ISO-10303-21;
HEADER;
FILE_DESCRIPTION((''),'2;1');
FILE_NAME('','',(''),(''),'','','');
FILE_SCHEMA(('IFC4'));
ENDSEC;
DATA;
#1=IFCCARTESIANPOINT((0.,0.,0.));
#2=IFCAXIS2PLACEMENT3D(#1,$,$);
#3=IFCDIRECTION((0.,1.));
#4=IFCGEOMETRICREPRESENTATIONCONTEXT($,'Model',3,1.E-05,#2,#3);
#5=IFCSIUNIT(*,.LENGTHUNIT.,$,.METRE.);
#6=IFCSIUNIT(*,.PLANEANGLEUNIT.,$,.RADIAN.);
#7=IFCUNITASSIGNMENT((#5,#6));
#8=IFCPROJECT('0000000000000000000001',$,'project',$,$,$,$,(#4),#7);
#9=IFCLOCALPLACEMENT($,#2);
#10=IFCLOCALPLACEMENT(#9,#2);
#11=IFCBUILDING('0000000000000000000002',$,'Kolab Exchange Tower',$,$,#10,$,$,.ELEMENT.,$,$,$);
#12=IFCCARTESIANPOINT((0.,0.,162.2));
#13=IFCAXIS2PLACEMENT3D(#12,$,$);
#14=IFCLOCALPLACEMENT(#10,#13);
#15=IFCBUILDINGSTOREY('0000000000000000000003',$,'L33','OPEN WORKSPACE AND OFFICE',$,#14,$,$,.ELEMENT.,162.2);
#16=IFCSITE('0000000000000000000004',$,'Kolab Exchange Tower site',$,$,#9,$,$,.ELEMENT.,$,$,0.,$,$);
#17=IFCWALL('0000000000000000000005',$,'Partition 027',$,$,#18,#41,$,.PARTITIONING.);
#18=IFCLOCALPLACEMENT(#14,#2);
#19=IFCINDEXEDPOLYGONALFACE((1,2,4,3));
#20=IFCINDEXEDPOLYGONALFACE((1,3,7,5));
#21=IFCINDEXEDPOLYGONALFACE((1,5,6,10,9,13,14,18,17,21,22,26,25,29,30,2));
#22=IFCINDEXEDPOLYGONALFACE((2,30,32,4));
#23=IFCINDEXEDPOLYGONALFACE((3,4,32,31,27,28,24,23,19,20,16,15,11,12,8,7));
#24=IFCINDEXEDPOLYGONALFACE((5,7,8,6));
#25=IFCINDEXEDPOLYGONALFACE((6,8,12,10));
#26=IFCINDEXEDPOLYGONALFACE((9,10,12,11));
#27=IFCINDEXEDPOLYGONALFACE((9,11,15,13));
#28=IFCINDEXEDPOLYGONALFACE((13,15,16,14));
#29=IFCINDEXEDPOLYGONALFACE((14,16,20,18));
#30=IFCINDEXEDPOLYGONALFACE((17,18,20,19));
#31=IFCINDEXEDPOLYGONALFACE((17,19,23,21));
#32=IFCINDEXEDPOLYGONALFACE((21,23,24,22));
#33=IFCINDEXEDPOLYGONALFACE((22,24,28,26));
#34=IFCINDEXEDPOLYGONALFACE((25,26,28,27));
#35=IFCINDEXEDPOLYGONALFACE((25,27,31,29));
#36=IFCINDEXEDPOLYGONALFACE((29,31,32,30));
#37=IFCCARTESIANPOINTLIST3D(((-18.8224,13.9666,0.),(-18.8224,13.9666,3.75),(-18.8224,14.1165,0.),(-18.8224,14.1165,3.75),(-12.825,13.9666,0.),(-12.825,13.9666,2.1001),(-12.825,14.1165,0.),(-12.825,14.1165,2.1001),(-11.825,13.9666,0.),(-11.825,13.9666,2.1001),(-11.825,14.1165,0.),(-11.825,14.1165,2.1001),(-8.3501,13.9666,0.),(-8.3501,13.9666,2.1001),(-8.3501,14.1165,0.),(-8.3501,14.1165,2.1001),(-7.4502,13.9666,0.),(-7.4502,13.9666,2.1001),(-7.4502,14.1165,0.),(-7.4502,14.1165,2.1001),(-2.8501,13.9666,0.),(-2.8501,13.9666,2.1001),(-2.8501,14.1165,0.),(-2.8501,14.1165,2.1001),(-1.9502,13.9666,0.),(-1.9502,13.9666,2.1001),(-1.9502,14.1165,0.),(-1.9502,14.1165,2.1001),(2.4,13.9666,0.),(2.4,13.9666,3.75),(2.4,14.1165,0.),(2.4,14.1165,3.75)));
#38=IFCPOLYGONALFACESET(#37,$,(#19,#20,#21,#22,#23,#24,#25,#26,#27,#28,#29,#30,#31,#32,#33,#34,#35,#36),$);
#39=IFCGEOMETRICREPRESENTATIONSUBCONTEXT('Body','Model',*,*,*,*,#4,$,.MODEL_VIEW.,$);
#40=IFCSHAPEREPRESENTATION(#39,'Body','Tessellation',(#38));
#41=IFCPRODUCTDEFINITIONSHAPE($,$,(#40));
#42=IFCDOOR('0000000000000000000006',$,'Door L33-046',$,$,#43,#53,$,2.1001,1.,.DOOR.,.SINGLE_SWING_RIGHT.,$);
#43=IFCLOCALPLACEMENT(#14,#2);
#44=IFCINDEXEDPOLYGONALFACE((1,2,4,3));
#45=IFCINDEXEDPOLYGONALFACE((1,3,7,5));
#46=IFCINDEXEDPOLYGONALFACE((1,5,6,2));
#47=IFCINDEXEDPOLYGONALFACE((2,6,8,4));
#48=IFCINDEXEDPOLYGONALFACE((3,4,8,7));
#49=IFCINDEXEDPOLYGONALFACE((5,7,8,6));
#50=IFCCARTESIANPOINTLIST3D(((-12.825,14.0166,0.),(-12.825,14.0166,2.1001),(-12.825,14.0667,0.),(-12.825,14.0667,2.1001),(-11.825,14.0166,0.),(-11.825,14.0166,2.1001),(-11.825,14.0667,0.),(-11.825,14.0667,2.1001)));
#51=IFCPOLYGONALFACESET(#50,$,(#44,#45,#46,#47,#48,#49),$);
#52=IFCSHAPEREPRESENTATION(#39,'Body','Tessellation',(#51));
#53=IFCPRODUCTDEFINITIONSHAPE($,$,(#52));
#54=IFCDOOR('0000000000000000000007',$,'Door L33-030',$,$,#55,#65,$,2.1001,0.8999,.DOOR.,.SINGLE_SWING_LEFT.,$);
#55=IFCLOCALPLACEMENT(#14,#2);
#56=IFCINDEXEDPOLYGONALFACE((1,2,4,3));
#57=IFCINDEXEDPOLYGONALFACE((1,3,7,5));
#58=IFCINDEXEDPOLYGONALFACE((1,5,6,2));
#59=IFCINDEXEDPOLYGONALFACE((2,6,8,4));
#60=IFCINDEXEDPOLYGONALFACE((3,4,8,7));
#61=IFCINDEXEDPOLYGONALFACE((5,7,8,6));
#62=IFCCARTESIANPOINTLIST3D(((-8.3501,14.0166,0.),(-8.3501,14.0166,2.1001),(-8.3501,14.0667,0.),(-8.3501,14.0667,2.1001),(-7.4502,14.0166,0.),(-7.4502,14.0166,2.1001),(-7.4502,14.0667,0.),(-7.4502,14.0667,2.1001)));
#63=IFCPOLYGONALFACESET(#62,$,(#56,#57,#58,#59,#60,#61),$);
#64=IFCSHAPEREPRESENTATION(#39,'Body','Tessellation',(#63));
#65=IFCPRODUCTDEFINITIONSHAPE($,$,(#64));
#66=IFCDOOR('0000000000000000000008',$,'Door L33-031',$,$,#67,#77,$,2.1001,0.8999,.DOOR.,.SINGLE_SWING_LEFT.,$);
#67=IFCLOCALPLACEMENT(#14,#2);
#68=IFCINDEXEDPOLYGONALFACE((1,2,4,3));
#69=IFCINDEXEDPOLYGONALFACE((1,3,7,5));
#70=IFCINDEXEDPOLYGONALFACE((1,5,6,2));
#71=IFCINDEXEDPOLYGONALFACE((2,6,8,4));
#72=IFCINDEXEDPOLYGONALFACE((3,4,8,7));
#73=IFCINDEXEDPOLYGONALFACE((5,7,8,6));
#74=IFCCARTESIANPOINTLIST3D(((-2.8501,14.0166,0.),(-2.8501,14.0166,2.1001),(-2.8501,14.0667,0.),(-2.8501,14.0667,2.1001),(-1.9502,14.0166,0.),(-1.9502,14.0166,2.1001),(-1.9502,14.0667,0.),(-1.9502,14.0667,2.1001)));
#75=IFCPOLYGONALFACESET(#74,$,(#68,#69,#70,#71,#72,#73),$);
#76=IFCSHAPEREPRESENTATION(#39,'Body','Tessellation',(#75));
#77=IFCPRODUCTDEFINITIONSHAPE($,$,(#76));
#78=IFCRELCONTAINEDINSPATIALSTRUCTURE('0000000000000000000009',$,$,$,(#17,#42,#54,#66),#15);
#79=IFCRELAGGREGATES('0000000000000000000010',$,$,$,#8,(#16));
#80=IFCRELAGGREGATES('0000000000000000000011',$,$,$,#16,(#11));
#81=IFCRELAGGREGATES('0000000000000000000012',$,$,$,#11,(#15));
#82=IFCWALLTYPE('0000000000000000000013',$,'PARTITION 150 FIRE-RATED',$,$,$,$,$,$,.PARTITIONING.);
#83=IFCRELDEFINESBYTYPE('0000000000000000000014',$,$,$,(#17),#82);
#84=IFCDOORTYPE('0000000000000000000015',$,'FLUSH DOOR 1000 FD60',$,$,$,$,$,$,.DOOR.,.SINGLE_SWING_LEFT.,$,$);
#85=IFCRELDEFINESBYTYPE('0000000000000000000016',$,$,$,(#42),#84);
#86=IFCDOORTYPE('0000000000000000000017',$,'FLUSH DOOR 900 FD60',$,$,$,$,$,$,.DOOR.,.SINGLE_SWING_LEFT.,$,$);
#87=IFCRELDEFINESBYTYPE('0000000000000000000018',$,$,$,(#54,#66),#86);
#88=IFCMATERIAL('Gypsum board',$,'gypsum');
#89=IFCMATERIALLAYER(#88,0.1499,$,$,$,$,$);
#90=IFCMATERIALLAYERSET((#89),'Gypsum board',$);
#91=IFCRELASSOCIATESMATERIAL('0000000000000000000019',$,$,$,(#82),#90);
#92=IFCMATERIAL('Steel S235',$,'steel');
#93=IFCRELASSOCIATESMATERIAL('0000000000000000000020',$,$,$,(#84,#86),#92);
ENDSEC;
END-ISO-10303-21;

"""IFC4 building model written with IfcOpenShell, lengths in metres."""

from ifc_helpers import new_model, si_unit, direction, frame, frame_2d, origin, place, context, subcontext, project, spatial, rectangle, extrude, material, layer, layer_set, type_object, element, fill, save


model = new_model("IFC4")

# Units and contexts
model_context = context("Model", 3, precision=1e-05, world=origin(), true_north=direction((0.0, 1.0)))
body_context = subcontext(model_context, "Body", "Model", "MODEL_VIEW")
ifc_project = project(units=[si_unit("LENGTHUNIT", "METRE"), si_unit("PLANEANGLEUNIT", "RADIAN")], contexts=[model_context])

# Site, building, storey
site_placement = place(None, origin())
site = spatial("IfcSite", under=ifc_project, at=site_placement, Name="Kolab Exchange Tower site", CompositionType="ELEMENT", RefElevation=0.0)
building_placement = place(site_placement, origin())
building = spatial("IfcBuilding", under=site, at=building_placement, Name="Kolab Exchange Tower", CompositionType="ELEMENT")
storey_placement = place(building_placement, frame((0.0, 0.0, 162.2)))
storey = spatial("IfcBuildingStorey", under=building, at=storey_placement, Name="L33", Description="OPEN WORKSPACE AND OFFICE", CompositionType="ELEMENT", Elevation=162.2)

# Wall, openings, doors
ifc_material_1 = material(Name="Gypsum board", Category="gypsum")
ifc_layer_1 = layer(ifc_material_1, 0.1499)
ifc_layer_set_1 = layer_set([ifc_layer_1], Name="Gypsum board")
wall_type = type_object("IfcWallType", Name="PARTITION 150 FIRE-RATED", PredefinedType="PARTITIONING", material=ifc_layer_set_1)
wall_1_placement = place(storey_placement, frame((-18.8225, 14.0415, 0.0), z_axis=(0.0, 0.0, 1.0), x_axis=(1.0, 0.0, 0.0)))
wall_1 = element("IfcWall", 1, at=wall_1_placement, inside=storey, type_object=wall_type, Name="Partition 027", PredefinedType="PARTITIONING", context=body_context, shape_type="SweptSolid", body=[
    extrude(rectangle(XDim=21.2224, YDim=0.1499, at=frame_2d((10.6113, 0.0))), origin(), (0.0, 0.0, 1.0), 3.75),
])
opening_1_placement = place(wall_1_placement, frame((10.4724, 0.0, 0.0)))
opening_1 = element("IfcOpeningElement", 2, at=opening_1_placement, cuts=wall_1, PredefinedType="OPENING", context=body_context, shape_type="SweptSolid", body=[
    extrude(rectangle(XDim=0.8999, YDim=2.1001, at=frame_2d((0.45, 1.05))), frame((0.0, 0.085, 0.0), z_axis=(0.0, -1.0, 0.0), x_axis=(1.0, 0.0, 0.0)), (0.0, 0.0, 1.0), 0.1699),
])
opening_2_placement = place(wall_1_placement, frame((15.9724, 0.0, 0.0)))
opening_2 = element("IfcOpeningElement", 3, at=opening_2_placement, cuts=wall_1, PredefinedType="OPENING", context=body_context, shape_type="SweptSolid", body=[
    extrude(rectangle(XDim=0.8999, YDim=2.1001, at=frame_2d((0.45, 1.05))), frame((0.0, 0.085, 0.0), z_axis=(0.0, -1.0, 0.0), x_axis=(1.0, 0.0, 0.0)), (0.0, 0.0, 1.0), 0.1699),
])
opening_3_placement = place(wall_1_placement, frame((5.9976, 0.0, 0.0)))
opening_3 = element("IfcOpeningElement", 4, at=opening_3_placement, cuts=wall_1, PredefinedType="OPENING", context=body_context, shape_type="SweptSolid", body=[
    extrude(rectangle(XDim=1.0, YDim=2.1001, at=frame_2d((0.5, 1.05))), frame((0.0, 0.085, 0.0), z_axis=(0.0, -1.0, 0.0), x_axis=(1.0, 0.0, 0.0)), (0.0, 0.0, 1.0), 0.1699),
])
ifc_material_2 = material(Name="Steel S235", Category="steel")
door_type_1 = type_object("IfcDoorType", Name="FLUSH DOOR 1000 FD60", OperationType="SINGLE_SWING_LEFT", PredefinedType="DOOR", material=ifc_material_2)
door_1_placement = place(opening_3_placement, frame((1.0, 0.0, 0.0), z_axis=(0.0, 0.0, 1.0), x_axis=(-1.0, 0.0, 0.0)))
door_1 = element("IfcDoor", 5, at=door_1_placement, inside=storey, type_object=door_type_1, Name="Door L33-046", OperationType="SINGLE_SWING_RIGHT", OverallHeight=2.1001, OverallWidth=1.0, PredefinedType="DOOR", context=body_context, shape_type="SweptSolid", body=[
    extrude(rectangle(XDim=1.0, YDim=2.1001, at=frame_2d((0.5, 1.05))), frame((0.0, 0.0249, 0.0), z_axis=(0.0, -1.0, 0.0), x_axis=(1.0, 0.0, 0.0)), (0.0, 0.0, 1.0), 0.05),
])
fill(opening_3, door_1)
door_type_2 = type_object("IfcDoorType", Name="FLUSH DOOR 900 FD60", OperationType="SINGLE_SWING_LEFT", PredefinedType="DOOR", material=ifc_material_2)
door_2_placement = place(opening_1_placement, frame((0.8999, 0.0, 0.0), z_axis=(0.0, 0.0, 1.0), x_axis=(-1.0, 0.0, 0.0)))
door_2 = element("IfcDoor", 6, at=door_2_placement, inside=storey, type_object=door_type_2, Name="Door L33-030", OperationType="SINGLE_SWING_LEFT", OverallHeight=2.1001, OverallWidth=0.8999, PredefinedType="DOOR", context=body_context, shape_type="SweptSolid", body=[
    extrude(rectangle(XDim=0.8999, YDim=2.1001, at=frame_2d((0.45, 1.05))), frame((0.0, 0.0249, 0.0), z_axis=(0.0, -1.0, 0.0), x_axis=(1.0, 0.0, 0.0)), (0.0, 0.0, 1.0), 0.05),
])
fill(opening_1, door_2)
door_3_placement = place(opening_2_placement, frame((0.8999, 0.0, 0.0), z_axis=(0.0, 0.0, 1.0), x_axis=(-1.0, 0.0, 0.0)))
door_3 = element("IfcDoor", 7, at=door_3_placement, inside=storey, type_object=door_type_2, Name="Door L33-031", OperationType="SINGLE_SWING_LEFT", OverallHeight=2.1001, OverallWidth=0.8999, PredefinedType="DOOR", context=body_context, shape_type="SweptSolid", body=[
    extrude(rectangle(XDim=0.8999, YDim=2.1001, at=frame_2d((0.45, 1.05))), frame((0.0, 0.0249, 0.0), z_axis=(0.0, -1.0, 0.0), x_axis=(1.0, 0.0, 0.0)), (0.0, 0.0, 1.0), 0.05),
])
fill(opening_2, door_3)

save(model, "model.ifc")
